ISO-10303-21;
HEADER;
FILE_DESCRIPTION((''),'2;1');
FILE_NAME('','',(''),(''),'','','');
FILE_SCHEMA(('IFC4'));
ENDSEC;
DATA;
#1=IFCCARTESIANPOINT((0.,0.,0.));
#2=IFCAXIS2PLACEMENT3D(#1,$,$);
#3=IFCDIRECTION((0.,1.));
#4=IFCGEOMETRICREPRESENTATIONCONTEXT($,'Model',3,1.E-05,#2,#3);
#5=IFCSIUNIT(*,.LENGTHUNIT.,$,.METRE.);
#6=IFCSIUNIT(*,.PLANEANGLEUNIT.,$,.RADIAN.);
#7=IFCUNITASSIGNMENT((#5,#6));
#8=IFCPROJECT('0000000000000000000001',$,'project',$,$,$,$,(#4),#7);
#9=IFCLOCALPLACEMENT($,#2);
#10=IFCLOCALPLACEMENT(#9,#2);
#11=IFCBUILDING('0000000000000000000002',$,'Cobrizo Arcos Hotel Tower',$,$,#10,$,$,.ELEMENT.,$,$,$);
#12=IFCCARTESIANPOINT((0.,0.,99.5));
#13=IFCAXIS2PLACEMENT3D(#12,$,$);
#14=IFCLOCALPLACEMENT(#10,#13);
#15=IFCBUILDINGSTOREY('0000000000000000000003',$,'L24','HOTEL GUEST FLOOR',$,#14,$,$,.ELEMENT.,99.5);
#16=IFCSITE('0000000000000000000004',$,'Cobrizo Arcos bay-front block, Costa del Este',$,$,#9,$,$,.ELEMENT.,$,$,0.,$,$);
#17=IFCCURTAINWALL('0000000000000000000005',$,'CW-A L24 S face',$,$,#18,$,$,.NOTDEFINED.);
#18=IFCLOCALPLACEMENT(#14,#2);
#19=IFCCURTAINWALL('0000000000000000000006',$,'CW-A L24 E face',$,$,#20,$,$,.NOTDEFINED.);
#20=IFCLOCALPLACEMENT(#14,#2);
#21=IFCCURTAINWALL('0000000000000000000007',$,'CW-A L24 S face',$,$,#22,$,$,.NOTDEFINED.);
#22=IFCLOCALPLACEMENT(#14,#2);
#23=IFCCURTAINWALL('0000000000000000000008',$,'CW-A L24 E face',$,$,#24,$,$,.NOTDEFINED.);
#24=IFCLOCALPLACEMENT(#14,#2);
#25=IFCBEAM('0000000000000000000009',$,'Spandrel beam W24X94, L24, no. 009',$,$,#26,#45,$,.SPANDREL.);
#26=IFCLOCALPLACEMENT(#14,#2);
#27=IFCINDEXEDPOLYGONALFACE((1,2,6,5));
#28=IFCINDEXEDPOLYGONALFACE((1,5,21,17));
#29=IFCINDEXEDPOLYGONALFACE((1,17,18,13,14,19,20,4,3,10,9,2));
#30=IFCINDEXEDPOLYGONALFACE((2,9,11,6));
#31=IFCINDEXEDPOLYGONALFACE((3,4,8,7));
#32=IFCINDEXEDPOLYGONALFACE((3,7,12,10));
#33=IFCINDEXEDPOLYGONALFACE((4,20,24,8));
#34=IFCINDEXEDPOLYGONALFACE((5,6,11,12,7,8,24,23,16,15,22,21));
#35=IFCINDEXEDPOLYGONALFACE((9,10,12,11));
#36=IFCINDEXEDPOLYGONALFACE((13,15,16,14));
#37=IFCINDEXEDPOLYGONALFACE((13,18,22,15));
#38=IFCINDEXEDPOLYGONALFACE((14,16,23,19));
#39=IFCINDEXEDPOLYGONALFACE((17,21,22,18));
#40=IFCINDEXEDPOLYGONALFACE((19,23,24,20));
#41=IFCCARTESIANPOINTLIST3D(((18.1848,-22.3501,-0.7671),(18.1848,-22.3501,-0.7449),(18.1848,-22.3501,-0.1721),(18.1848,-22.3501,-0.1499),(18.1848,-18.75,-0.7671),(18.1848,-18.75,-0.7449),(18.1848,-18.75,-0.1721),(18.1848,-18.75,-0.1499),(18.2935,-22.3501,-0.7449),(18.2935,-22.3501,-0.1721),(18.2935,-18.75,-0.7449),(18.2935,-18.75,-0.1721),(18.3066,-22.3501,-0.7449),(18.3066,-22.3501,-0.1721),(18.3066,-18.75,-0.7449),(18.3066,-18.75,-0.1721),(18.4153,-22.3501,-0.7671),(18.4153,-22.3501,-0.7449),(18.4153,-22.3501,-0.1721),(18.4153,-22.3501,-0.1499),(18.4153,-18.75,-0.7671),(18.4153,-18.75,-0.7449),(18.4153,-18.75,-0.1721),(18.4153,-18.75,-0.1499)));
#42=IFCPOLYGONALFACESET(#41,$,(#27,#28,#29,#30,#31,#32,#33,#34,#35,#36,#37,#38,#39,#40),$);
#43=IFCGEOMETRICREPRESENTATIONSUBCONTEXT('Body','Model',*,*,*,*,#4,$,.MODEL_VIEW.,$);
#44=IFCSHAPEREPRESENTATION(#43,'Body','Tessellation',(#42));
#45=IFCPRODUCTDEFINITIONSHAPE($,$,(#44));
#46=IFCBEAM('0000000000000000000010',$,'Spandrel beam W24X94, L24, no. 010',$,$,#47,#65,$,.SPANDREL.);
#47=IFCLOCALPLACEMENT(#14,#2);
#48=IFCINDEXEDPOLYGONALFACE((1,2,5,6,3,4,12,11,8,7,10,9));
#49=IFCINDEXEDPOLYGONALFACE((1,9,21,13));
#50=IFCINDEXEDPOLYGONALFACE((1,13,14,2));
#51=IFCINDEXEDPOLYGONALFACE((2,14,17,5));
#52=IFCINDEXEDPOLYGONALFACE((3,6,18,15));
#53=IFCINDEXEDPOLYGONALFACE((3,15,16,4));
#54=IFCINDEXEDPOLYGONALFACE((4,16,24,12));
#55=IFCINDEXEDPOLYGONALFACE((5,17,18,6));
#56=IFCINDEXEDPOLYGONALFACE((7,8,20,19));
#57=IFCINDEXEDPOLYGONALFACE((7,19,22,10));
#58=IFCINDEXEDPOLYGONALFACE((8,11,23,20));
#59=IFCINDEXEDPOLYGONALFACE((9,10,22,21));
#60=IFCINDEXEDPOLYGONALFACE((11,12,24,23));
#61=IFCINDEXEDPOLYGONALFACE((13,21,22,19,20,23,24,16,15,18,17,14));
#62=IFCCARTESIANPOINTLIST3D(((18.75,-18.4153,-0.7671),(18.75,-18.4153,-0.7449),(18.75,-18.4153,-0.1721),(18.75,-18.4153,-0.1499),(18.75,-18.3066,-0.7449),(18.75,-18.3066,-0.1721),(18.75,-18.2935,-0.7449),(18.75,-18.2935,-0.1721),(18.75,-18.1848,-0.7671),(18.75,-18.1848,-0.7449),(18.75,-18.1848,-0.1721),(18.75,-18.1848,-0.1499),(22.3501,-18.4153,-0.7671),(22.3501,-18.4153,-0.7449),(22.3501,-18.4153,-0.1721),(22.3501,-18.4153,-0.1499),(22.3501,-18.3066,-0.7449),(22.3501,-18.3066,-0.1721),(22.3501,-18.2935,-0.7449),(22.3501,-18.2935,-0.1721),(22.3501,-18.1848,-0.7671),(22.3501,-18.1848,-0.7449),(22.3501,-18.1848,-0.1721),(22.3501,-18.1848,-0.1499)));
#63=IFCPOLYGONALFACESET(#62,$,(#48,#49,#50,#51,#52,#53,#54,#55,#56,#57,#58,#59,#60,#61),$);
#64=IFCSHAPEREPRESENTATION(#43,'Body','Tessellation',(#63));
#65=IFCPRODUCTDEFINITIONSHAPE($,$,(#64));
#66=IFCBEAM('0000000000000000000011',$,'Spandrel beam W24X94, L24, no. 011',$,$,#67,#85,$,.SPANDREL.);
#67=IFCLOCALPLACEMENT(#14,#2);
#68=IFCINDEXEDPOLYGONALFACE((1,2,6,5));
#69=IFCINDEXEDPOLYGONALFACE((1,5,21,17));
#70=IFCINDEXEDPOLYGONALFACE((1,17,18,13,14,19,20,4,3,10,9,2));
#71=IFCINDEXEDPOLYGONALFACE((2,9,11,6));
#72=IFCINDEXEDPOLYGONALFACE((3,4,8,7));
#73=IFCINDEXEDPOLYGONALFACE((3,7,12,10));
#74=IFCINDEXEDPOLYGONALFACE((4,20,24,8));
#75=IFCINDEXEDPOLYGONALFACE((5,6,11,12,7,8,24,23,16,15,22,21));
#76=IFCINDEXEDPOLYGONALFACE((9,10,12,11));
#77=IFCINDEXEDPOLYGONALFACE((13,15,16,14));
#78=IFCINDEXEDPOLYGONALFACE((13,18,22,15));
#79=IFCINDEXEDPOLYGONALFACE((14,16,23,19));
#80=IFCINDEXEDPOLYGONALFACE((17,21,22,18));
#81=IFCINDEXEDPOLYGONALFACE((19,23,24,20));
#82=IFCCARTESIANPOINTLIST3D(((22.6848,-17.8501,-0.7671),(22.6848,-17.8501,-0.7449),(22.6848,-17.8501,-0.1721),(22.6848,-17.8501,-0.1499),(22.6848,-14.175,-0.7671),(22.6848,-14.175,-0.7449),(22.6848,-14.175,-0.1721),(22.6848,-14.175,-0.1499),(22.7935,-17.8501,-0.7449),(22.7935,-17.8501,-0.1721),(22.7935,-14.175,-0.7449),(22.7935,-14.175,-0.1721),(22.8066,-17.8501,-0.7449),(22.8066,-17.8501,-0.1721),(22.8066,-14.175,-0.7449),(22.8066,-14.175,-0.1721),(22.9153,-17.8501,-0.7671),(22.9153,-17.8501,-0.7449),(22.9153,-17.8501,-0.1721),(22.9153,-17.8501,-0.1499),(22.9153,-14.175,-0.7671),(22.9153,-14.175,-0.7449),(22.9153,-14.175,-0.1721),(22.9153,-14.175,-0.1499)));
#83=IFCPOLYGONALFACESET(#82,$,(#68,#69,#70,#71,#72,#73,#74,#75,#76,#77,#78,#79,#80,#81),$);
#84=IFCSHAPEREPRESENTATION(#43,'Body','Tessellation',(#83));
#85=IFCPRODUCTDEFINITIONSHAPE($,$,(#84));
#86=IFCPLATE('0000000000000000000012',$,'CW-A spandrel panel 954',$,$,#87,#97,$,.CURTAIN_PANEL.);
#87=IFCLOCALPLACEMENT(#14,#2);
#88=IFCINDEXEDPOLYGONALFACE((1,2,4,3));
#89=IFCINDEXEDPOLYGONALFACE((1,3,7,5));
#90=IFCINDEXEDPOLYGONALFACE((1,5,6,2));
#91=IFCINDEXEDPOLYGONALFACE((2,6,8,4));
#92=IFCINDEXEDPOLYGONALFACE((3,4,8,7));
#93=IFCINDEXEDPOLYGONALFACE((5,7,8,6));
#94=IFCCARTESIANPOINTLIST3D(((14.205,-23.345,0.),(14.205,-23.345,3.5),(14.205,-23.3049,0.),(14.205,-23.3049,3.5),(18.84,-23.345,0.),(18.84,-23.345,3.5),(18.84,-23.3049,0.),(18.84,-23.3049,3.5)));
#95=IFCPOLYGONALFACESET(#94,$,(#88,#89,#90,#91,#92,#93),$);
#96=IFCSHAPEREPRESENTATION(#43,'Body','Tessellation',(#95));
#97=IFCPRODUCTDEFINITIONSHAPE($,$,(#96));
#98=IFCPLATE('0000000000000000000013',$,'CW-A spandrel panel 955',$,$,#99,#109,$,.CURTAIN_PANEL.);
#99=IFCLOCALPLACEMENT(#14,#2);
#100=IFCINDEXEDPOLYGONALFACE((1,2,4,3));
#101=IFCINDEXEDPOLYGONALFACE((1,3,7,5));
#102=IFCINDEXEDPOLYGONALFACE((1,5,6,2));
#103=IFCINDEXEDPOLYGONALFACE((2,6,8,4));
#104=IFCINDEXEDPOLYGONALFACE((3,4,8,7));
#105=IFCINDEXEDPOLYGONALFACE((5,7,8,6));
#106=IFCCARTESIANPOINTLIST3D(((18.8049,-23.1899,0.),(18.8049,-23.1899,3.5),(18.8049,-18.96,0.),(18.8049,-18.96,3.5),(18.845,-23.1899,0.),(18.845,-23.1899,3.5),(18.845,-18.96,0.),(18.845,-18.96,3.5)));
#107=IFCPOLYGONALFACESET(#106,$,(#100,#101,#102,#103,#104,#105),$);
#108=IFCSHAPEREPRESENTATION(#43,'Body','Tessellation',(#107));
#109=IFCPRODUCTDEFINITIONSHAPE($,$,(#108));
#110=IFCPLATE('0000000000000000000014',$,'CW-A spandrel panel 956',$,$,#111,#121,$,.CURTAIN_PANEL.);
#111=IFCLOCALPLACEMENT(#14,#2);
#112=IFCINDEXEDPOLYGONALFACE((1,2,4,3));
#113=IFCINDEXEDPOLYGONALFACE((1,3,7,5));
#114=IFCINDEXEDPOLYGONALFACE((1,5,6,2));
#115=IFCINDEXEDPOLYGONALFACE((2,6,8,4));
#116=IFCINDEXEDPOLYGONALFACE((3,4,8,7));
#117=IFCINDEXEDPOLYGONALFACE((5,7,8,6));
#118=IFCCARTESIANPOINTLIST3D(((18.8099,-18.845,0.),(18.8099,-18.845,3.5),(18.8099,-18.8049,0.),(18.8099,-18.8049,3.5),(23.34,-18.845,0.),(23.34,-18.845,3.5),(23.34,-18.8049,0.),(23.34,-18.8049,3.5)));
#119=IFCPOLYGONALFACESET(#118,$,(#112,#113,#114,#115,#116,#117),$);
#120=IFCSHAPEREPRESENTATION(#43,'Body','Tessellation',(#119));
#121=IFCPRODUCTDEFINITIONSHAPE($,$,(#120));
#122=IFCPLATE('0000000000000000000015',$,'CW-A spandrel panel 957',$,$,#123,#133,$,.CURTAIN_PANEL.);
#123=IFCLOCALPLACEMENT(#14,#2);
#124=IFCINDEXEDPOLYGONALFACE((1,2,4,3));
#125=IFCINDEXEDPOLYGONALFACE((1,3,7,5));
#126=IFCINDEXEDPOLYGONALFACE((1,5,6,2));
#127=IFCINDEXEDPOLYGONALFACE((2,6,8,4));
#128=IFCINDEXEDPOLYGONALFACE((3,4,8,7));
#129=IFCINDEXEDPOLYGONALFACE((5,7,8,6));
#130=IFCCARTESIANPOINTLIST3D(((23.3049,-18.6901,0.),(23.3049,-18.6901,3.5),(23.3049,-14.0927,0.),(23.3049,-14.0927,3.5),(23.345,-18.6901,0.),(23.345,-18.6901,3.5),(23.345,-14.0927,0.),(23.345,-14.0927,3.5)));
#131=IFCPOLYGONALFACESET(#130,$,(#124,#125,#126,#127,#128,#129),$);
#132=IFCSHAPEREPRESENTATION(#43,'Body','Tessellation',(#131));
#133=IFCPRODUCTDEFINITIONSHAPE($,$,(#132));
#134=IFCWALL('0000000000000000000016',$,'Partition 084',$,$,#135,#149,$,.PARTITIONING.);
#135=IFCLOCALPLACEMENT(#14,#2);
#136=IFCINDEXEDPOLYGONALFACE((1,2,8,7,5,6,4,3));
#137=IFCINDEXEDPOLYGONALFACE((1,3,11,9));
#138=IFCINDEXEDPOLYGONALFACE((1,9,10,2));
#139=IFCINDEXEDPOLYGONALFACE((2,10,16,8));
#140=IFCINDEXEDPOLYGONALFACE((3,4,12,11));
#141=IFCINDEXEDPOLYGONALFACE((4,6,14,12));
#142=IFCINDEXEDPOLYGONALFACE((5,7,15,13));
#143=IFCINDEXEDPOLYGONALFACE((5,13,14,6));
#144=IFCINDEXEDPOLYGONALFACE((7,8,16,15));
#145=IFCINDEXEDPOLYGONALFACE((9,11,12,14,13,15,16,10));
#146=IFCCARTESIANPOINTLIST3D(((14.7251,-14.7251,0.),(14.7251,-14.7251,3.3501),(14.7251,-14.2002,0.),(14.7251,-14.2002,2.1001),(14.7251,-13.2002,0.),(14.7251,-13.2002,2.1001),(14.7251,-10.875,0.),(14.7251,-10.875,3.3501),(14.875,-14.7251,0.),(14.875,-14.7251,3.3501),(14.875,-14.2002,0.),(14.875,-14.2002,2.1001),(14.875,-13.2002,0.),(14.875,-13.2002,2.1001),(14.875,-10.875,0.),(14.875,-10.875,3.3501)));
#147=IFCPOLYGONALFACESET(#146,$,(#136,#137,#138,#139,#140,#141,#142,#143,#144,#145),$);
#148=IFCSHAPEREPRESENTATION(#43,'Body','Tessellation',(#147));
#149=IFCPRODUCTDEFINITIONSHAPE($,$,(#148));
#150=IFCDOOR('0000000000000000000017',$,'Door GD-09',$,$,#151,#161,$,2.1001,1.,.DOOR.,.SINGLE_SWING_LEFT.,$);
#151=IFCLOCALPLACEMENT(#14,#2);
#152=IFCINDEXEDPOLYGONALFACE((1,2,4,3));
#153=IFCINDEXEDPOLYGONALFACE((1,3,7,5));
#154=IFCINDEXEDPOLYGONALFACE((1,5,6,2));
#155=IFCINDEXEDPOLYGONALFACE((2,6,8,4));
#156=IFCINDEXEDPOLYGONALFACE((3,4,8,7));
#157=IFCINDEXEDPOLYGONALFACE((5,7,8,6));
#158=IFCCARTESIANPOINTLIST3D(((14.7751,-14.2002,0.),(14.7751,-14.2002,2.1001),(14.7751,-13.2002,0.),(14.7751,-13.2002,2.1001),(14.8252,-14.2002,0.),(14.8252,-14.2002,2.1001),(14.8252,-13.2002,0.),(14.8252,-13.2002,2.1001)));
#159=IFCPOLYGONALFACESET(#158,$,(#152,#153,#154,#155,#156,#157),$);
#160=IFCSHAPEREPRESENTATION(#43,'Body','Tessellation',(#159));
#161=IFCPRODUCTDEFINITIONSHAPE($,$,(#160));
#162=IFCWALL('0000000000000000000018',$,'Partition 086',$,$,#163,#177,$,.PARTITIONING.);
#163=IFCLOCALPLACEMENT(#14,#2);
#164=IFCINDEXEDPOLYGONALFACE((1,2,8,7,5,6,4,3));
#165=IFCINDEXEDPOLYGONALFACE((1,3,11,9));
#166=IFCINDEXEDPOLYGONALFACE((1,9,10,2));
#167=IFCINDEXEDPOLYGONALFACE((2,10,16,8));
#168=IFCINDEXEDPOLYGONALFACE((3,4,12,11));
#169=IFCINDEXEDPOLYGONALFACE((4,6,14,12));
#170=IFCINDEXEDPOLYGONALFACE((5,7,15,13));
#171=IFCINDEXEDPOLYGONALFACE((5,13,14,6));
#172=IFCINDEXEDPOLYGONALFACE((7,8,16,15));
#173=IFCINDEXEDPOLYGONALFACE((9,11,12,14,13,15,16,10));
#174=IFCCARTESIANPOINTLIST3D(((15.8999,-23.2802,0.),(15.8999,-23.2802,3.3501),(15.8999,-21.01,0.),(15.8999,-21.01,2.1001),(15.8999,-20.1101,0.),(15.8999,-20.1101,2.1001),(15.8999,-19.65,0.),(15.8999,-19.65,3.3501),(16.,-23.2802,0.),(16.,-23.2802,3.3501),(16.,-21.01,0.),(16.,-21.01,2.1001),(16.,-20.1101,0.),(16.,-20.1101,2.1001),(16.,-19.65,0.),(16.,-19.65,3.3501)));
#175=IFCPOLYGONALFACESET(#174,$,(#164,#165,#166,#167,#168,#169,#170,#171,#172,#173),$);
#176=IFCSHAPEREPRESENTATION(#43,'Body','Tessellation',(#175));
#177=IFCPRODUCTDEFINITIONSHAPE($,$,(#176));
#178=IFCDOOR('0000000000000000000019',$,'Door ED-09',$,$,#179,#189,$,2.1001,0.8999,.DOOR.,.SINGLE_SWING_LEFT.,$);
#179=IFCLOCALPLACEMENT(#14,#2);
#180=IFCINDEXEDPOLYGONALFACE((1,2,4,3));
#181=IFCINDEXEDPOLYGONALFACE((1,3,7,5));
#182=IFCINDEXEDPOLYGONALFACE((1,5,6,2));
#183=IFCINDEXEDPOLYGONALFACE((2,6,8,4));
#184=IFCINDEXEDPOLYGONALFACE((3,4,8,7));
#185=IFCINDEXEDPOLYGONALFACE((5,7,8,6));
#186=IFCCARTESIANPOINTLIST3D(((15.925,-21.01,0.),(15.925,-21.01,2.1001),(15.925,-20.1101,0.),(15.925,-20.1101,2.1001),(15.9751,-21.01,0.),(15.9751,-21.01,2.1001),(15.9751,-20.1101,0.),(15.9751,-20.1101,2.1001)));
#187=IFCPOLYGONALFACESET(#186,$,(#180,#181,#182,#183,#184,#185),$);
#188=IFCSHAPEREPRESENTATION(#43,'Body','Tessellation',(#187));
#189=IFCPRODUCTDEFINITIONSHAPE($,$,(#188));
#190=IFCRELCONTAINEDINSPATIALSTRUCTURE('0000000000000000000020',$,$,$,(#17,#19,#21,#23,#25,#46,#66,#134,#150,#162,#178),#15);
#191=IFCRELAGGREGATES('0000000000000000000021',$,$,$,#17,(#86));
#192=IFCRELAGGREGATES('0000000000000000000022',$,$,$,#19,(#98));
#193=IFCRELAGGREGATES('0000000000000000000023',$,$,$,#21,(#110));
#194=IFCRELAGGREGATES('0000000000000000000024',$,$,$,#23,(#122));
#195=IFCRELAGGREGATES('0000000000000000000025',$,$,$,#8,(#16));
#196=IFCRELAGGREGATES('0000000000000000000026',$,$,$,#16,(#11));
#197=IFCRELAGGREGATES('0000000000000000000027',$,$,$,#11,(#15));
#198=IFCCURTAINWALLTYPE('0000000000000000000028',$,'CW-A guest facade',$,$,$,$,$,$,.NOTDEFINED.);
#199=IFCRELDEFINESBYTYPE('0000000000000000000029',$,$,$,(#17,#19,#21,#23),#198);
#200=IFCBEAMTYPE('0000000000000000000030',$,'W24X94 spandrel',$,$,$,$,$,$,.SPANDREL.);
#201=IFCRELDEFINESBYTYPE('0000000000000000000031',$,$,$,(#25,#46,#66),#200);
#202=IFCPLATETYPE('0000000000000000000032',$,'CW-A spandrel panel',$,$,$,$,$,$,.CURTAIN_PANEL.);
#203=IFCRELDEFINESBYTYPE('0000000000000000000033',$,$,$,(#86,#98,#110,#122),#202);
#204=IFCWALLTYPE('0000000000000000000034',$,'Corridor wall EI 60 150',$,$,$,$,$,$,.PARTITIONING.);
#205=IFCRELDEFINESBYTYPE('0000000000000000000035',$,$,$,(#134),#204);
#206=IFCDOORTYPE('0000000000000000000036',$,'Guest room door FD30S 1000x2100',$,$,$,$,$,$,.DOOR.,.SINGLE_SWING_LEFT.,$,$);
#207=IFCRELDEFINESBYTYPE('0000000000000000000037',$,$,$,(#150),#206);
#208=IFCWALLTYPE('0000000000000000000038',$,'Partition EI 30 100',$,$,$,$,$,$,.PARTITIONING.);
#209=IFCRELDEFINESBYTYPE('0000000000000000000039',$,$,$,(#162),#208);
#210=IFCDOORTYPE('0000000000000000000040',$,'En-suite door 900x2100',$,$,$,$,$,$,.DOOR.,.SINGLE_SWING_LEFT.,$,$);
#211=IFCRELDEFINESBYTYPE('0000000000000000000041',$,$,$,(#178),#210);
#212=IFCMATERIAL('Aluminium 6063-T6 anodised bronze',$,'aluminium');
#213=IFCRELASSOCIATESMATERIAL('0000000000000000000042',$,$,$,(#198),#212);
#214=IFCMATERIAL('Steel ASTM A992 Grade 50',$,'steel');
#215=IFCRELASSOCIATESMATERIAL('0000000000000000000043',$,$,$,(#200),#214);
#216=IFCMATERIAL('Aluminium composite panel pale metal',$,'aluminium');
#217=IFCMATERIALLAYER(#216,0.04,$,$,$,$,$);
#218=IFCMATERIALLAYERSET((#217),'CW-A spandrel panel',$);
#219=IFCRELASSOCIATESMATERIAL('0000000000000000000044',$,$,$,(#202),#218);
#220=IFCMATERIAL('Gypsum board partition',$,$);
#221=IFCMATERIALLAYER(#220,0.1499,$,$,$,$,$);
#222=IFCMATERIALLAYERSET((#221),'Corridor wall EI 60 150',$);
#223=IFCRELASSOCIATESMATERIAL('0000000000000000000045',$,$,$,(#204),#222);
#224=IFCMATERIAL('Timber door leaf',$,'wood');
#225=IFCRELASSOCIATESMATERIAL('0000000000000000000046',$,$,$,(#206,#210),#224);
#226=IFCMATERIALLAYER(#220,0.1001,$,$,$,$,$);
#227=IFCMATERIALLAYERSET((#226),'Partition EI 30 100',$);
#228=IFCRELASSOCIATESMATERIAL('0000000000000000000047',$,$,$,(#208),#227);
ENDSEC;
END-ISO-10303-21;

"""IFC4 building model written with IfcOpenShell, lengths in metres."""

from ifc_helpers import new_model, si_unit, direction, frame, frame_2d, origin, origin_2d, place, context, subcontext, project, spatial, rectangle, i_section, extrude, material, layer, layer_set, material_profile, profile_set, type_object, element, fill, aggregate, save


model = new_model("IFC4")

# Units and contexts
model_context = context("Model", 3, precision=1e-05, world=origin(), true_north=direction((0.0, 1.0)))
body_context = subcontext(model_context, "Body", "Model", "MODEL_VIEW")
ifc_project = project(units=[si_unit("LENGTHUNIT", "METRE"), si_unit("PLANEANGLEUNIT", "RADIAN")], contexts=[model_context])

# Site, building, storey
site_placement = place(None, origin())
site = spatial("IfcSite", under=ifc_project, at=site_placement, Name="Cobrizo Arcos bay-front block, Costa del Este", CompositionType="ELEMENT", RefElevation=0.0)
building_placement = place(site_placement, origin())
building = spatial("IfcBuilding", under=site, at=building_placement, Name="Cobrizo Arcos Hotel Tower", CompositionType="ELEMENT")
storey_placement = place(building_placement, frame((0.0, 0.0, 99.5)))
storey = spatial("IfcBuildingStorey", under=building, at=storey_placement, Name="L24", Description="HOTEL GUEST FLOOR", CompositionType="ELEMENT", Elevation=99.5)

# Curtain wall
ifc_material_1 = material(Name="Aluminium 6063-T6 anodised bronze", Category="aluminium")
curtain_wall_type = type_object("IfcCurtainWallType", Name="CW-A guest facade", PredefinedType="NOTDEFINED", material=ifc_material_1)
curtain_wall_1_placement = place(storey_placement, origin())
curtain_wall_1 = element("IfcCurtainWall", 1, at=curtain_wall_1_placement, inside=storey, type_object=curtain_wall_type, Name="CW-A L24 S face", PredefinedType="NOTDEFINED")

# Curtain walls
curtain_wall_2_placement = place(storey_placement, origin())
curtain_wall_2 = element("IfcCurtainWall", 2, at=curtain_wall_2_placement, inside=storey, type_object=curtain_wall_type, Name="CW-A L24 E face", PredefinedType="NOTDEFINED")
curtain_wall_3_placement = place(storey_placement, origin())
curtain_wall_3 = element("IfcCurtainWall", 3, at=curtain_wall_3_placement, inside=storey, type_object=curtain_wall_type, Name="CW-A L24 S face", PredefinedType="NOTDEFINED")
curtain_wall_4_placement = place(storey_placement, origin())
curtain_wall_4 = element("IfcCurtainWall", 4, at=curtain_wall_4_placement, inside=storey, type_object=curtain_wall_type, Name="CW-A L24 E face", PredefinedType="NOTDEFINED")

# Beams
ifc_material_2 = material(Name="Steel ASTM A992 Grade 50", Category="steel")
ifc_material_profile_1 = material_profile(ifc_material_2, i_section(OverallWidth=0.2305, OverallDepth=0.6172, WebThickness=0.0132, FlangeThickness=0.0222, at=origin_2d()), Name="W24X94")
ifc_profile_set_1 = profile_set([ifc_material_profile_1], Name="Steel ASTM A992 Grade 50")
beam_type_1 = type_object("IfcBeamType", Name="W24X94 spandrel", PredefinedType="SPANDREL", material=ifc_profile_set_1)
for number, where, z_axis, x_axis, name in (
    (5, (18.3, -22.3501, -0.4585), (0.0, 1.0, 0.0), (-1.0, 0.0, 0.0), "Spandrel beam W24X94, L24, no. 009"),
    (6, (18.75, -18.3, -0.4585), (1.0, 0.0, 0.0), (0.0, 1.0, 0.0), "Spandrel beam W24X94, L24, no. 010"),
):
    element("IfcBeam", number, at=place(storey_placement, frame(where, z_axis=z_axis, x_axis=x_axis)), inside=storey, type_object=beam_type_1, Name=name, PredefinedType="SPANDREL", context=body_context, shape_type="SweptSolid", body=[
        extrude(i_section(OverallWidth=0.2305, OverallDepth=0.6172, WebThickness=0.0132, FlangeThickness=0.0222, at=origin_2d()), origin(), (0.0, 0.0, 1.0), 3.6001),
    ])
beam_1_placement = place(storey_placement, frame((22.8, -17.8501, -0.4585), z_axis=(0.0, 1.0, 0.0), x_axis=(-1.0, 0.0, 0.0)))
element("IfcBeam", 7, at=beam_1_placement, inside=storey, type_object=beam_type_1, Name="Spandrel beam W24X94, L24, no. 011", PredefinedType="SPANDREL", context=body_context, shape_type="SweptSolid", body=[
    extrude(i_section(OverallWidth=0.2305, OverallDepth=0.6172, WebThickness=0.0132, FlangeThickness=0.0222, at=origin_2d()), origin(), (0.0, 0.0, 1.0), 3.675),
])

# Plates
ifc_material_3 = material(Name="Aluminium composite panel pale metal", Category="aluminium")
ifc_layer_1 = layer(ifc_material_3, 0.04)
ifc_layer_set_1 = layer_set([ifc_layer_1], Name="CW-A spandrel panel")
plate_type = type_object("IfcPlateType", Name="CW-A spandrel panel", PredefinedType="CURTAIN_PANEL", material=ifc_layer_set_1)
plate_1_placement = place(storey_placement, frame((16.5225, -23.325, 0.0), z_axis=(0.0, 0.0, 1.0), x_axis=(1.0, 0.0, 0.0)))
plate_1 = element("IfcPlate", 8, at=plate_1_placement, type_object=plate_type, Name="CW-A spandrel panel 954", PredefinedType="CURTAIN_PANEL", context=body_context, shape_type="SweptSolid", body=[
    extrude(rectangle(XDim=4.635, YDim=0.04, at=origin_2d()), origin(), (0.0, 0.0, 1.0), 3.5),
])
aggregate(curtain_wall_1, [plate_1])
plate_2_placement = place(storey_placement, frame((18.825, -21.075, 0.0), z_axis=(0.0, 0.0, 1.0), x_axis=(0.0, 1.0, 0.0)))
plate_2 = element("IfcPlate", 9, at=plate_2_placement, type_object=plate_type, Name="CW-A spandrel panel 955", PredefinedType="CURTAIN_PANEL", context=body_context, shape_type="SweptSolid", body=[
    extrude(rectangle(XDim=4.23, YDim=0.04, at=origin_2d()), origin(), (0.0, 0.0, 1.0), 3.5),
])
aggregate(curtain_wall_2, [plate_2])
plate_3_placement = place(storey_placement, frame((21.075, -18.825, 0.0), z_axis=(0.0, 0.0, 1.0), x_axis=(1.0, 0.0, 0.0)))
plate_3 = element("IfcPlate", 10, at=plate_3_placement, type_object=plate_type, Name="CW-A spandrel panel 956", PredefinedType="CURTAIN_PANEL", context=body_context, shape_type="SweptSolid", body=[
    extrude(rectangle(XDim=4.53, YDim=0.04, at=origin_2d()), origin(), (0.0, 0.0, 1.0), 3.5),
])
aggregate(curtain_wall_3, [plate_3])
plate_4_placement = place(storey_placement, frame((23.325, -16.3914, 0.0), z_axis=(0.0, 0.0, 1.0), x_axis=(0.0, 1.0, 0.0)))
plate_4 = element("IfcPlate", 11, at=plate_4_placement, type_object=plate_type, Name="CW-A spandrel panel 957", PredefinedType="CURTAIN_PANEL", context=body_context, shape_type="SweptSolid", body=[
    extrude(rectangle(XDim=4.5974, YDim=0.04, at=origin_2d()), origin(), (0.0, 0.0, 1.0), 3.5),
])
aggregate(curtain_wall_4, [plate_4])

# Walls, openings, doors
ifc_material_4 = material(Name="Gypsum board partition")
ifc_layer_2 = layer(ifc_material_4, 0.1499)
ifc_layer_set_2 = layer_set([ifc_layer_2], Name="Corridor wall EI 60 150")
wall_type_1 = type_object("IfcWallType", Name="Corridor wall EI 60 150", PredefinedType="PARTITIONING", material=ifc_layer_set_2)
wall_1_placement = place(storey_placement, frame((14.8, -14.7251, 0.0), z_axis=(0.0, 0.0, 1.0), x_axis=(0.0, 1.0, 0.0)))
wall_1 = element("IfcWall", 12, at=wall_1_placement, inside=storey, type_object=wall_type_1, Name="Partition 084", PredefinedType="PARTITIONING", context=body_context, shape_type="SweptSolid", body=[
    extrude(rectangle(XDim=3.8501, YDim=0.1499, at=frame_2d((1.925, 0.0))), origin(), (0.0, 0.0, 1.0), 3.3501),
])
opening_1_placement = place(wall_1_placement, frame((0.5249, 0.0, 0.0)))
opening_1 = element("IfcOpeningElement", 13, at=opening_1_placement, cuts=wall_1, PredefinedType="OPENING", context=body_context, shape_type="SweptSolid", body=[
    extrude(rectangle(XDim=1.0, YDim=2.1001, at=frame_2d((0.5, 1.05))), frame((0.0, 0.0869, 0.0), z_axis=(0.0, -1.0, 0.0), x_axis=(1.0, 0.0, 0.0)), (0.0, 0.0, 1.0), 0.1738),
])
ifc_material_5 = material(Name="Timber door leaf", Category="wood")
door_type_1 = type_object("IfcDoorType", Name="Guest room door FD30S 1000x2100", OperationType="SINGLE_SWING_LEFT", PredefinedType="DOOR", material=ifc_material_5)
door_1_placement = place(opening_1_placement, origin())
door_1 = element("IfcDoor", 14, at=door_1_placement, inside=storey, type_object=door_type_1, Name="Door GD-09", OperationType="SINGLE_SWING_LEFT", OverallHeight=2.1001, OverallWidth=1.0, PredefinedType="DOOR", context=body_context, shape_type="SweptSolid", body=[
    extrude(rectangle(XDim=1.0, YDim=2.1001, at=frame_2d((0.5, 1.05))), frame((0.0, 0.0249, 0.0), z_axis=(0.0, -1.0, 0.0), x_axis=(1.0, 0.0, 0.0)), (0.0, 0.0, 1.0), 0.05),
])
fill(opening_1, door_1)
ifc_layer_3 = layer(ifc_material_4, 0.1001)
ifc_layer_set_3 = layer_set([ifc_layer_3], Name="Partition EI 30 100")
wall_type_2 = type_object("IfcWallType", Name="Partition EI 30 100", PredefinedType="PARTITIONING", material=ifc_layer_set_3)
wall_2_placement = place(storey_placement, frame((15.95, -23.28, 0.0), z_axis=(0.0, 0.0, 1.0), x_axis=(0.0, 1.0, 0.0)))
wall_2 = element("IfcWall", 15, at=wall_2_placement, inside=storey, type_object=wall_type_2, Name="Partition 086", PredefinedType="PARTITIONING", context=body_context, shape_type="SweptSolid", body=[
    extrude(rectangle(XDim=3.6301, YDim=0.1001, at=frame_2d((1.8149, 0.0))), origin(), (0.0, 0.0, 1.0), 3.3501),
])
opening_2_placement = place(wall_2_placement, frame((2.27, 0.0, 0.0)))
opening_2 = element("IfcOpeningElement", 16, at=opening_2_placement, cuts=wall_2, PredefinedType="OPENING", context=body_context, shape_type="SweptSolid", body=[
    extrude(rectangle(XDim=0.8999, YDim=2.1001, at=frame_2d((0.45, 1.05))), frame((0.0, 0.062, 0.0), z_axis=(0.0, -1.0, 0.0), x_axis=(1.0, 0.0, 0.0)), (0.0, 0.0, 1.0), 0.124),
])
door_type_2 = type_object("IfcDoorType", Name="En-suite door 900x2100", OperationType="SINGLE_SWING_LEFT", PredefinedType="DOOR", material=ifc_material_5)
door_2_placement = place(opening_2_placement, origin())
door_2 = element("IfcDoor", 17, at=door_2_placement, inside=storey, type_object=door_type_2, Name="Door ED-09", OperationType="SINGLE_SWING_LEFT", OverallHeight=2.1001, OverallWidth=0.8999, PredefinedType="DOOR", context=body_context, shape_type="SweptSolid", body=[
    extrude(rectangle(XDim=0.8999, YDim=2.1001, at=frame_2d((0.45, 1.05))), frame((0.0, 0.0249, 0.0), z_axis=(0.0, -1.0, 0.0), x_axis=(1.0, 0.0, 0.0)), (0.0, 0.0, 1.0), 0.05),
])
fill(opening_2, door_2)

save(model, "model.ifc")
